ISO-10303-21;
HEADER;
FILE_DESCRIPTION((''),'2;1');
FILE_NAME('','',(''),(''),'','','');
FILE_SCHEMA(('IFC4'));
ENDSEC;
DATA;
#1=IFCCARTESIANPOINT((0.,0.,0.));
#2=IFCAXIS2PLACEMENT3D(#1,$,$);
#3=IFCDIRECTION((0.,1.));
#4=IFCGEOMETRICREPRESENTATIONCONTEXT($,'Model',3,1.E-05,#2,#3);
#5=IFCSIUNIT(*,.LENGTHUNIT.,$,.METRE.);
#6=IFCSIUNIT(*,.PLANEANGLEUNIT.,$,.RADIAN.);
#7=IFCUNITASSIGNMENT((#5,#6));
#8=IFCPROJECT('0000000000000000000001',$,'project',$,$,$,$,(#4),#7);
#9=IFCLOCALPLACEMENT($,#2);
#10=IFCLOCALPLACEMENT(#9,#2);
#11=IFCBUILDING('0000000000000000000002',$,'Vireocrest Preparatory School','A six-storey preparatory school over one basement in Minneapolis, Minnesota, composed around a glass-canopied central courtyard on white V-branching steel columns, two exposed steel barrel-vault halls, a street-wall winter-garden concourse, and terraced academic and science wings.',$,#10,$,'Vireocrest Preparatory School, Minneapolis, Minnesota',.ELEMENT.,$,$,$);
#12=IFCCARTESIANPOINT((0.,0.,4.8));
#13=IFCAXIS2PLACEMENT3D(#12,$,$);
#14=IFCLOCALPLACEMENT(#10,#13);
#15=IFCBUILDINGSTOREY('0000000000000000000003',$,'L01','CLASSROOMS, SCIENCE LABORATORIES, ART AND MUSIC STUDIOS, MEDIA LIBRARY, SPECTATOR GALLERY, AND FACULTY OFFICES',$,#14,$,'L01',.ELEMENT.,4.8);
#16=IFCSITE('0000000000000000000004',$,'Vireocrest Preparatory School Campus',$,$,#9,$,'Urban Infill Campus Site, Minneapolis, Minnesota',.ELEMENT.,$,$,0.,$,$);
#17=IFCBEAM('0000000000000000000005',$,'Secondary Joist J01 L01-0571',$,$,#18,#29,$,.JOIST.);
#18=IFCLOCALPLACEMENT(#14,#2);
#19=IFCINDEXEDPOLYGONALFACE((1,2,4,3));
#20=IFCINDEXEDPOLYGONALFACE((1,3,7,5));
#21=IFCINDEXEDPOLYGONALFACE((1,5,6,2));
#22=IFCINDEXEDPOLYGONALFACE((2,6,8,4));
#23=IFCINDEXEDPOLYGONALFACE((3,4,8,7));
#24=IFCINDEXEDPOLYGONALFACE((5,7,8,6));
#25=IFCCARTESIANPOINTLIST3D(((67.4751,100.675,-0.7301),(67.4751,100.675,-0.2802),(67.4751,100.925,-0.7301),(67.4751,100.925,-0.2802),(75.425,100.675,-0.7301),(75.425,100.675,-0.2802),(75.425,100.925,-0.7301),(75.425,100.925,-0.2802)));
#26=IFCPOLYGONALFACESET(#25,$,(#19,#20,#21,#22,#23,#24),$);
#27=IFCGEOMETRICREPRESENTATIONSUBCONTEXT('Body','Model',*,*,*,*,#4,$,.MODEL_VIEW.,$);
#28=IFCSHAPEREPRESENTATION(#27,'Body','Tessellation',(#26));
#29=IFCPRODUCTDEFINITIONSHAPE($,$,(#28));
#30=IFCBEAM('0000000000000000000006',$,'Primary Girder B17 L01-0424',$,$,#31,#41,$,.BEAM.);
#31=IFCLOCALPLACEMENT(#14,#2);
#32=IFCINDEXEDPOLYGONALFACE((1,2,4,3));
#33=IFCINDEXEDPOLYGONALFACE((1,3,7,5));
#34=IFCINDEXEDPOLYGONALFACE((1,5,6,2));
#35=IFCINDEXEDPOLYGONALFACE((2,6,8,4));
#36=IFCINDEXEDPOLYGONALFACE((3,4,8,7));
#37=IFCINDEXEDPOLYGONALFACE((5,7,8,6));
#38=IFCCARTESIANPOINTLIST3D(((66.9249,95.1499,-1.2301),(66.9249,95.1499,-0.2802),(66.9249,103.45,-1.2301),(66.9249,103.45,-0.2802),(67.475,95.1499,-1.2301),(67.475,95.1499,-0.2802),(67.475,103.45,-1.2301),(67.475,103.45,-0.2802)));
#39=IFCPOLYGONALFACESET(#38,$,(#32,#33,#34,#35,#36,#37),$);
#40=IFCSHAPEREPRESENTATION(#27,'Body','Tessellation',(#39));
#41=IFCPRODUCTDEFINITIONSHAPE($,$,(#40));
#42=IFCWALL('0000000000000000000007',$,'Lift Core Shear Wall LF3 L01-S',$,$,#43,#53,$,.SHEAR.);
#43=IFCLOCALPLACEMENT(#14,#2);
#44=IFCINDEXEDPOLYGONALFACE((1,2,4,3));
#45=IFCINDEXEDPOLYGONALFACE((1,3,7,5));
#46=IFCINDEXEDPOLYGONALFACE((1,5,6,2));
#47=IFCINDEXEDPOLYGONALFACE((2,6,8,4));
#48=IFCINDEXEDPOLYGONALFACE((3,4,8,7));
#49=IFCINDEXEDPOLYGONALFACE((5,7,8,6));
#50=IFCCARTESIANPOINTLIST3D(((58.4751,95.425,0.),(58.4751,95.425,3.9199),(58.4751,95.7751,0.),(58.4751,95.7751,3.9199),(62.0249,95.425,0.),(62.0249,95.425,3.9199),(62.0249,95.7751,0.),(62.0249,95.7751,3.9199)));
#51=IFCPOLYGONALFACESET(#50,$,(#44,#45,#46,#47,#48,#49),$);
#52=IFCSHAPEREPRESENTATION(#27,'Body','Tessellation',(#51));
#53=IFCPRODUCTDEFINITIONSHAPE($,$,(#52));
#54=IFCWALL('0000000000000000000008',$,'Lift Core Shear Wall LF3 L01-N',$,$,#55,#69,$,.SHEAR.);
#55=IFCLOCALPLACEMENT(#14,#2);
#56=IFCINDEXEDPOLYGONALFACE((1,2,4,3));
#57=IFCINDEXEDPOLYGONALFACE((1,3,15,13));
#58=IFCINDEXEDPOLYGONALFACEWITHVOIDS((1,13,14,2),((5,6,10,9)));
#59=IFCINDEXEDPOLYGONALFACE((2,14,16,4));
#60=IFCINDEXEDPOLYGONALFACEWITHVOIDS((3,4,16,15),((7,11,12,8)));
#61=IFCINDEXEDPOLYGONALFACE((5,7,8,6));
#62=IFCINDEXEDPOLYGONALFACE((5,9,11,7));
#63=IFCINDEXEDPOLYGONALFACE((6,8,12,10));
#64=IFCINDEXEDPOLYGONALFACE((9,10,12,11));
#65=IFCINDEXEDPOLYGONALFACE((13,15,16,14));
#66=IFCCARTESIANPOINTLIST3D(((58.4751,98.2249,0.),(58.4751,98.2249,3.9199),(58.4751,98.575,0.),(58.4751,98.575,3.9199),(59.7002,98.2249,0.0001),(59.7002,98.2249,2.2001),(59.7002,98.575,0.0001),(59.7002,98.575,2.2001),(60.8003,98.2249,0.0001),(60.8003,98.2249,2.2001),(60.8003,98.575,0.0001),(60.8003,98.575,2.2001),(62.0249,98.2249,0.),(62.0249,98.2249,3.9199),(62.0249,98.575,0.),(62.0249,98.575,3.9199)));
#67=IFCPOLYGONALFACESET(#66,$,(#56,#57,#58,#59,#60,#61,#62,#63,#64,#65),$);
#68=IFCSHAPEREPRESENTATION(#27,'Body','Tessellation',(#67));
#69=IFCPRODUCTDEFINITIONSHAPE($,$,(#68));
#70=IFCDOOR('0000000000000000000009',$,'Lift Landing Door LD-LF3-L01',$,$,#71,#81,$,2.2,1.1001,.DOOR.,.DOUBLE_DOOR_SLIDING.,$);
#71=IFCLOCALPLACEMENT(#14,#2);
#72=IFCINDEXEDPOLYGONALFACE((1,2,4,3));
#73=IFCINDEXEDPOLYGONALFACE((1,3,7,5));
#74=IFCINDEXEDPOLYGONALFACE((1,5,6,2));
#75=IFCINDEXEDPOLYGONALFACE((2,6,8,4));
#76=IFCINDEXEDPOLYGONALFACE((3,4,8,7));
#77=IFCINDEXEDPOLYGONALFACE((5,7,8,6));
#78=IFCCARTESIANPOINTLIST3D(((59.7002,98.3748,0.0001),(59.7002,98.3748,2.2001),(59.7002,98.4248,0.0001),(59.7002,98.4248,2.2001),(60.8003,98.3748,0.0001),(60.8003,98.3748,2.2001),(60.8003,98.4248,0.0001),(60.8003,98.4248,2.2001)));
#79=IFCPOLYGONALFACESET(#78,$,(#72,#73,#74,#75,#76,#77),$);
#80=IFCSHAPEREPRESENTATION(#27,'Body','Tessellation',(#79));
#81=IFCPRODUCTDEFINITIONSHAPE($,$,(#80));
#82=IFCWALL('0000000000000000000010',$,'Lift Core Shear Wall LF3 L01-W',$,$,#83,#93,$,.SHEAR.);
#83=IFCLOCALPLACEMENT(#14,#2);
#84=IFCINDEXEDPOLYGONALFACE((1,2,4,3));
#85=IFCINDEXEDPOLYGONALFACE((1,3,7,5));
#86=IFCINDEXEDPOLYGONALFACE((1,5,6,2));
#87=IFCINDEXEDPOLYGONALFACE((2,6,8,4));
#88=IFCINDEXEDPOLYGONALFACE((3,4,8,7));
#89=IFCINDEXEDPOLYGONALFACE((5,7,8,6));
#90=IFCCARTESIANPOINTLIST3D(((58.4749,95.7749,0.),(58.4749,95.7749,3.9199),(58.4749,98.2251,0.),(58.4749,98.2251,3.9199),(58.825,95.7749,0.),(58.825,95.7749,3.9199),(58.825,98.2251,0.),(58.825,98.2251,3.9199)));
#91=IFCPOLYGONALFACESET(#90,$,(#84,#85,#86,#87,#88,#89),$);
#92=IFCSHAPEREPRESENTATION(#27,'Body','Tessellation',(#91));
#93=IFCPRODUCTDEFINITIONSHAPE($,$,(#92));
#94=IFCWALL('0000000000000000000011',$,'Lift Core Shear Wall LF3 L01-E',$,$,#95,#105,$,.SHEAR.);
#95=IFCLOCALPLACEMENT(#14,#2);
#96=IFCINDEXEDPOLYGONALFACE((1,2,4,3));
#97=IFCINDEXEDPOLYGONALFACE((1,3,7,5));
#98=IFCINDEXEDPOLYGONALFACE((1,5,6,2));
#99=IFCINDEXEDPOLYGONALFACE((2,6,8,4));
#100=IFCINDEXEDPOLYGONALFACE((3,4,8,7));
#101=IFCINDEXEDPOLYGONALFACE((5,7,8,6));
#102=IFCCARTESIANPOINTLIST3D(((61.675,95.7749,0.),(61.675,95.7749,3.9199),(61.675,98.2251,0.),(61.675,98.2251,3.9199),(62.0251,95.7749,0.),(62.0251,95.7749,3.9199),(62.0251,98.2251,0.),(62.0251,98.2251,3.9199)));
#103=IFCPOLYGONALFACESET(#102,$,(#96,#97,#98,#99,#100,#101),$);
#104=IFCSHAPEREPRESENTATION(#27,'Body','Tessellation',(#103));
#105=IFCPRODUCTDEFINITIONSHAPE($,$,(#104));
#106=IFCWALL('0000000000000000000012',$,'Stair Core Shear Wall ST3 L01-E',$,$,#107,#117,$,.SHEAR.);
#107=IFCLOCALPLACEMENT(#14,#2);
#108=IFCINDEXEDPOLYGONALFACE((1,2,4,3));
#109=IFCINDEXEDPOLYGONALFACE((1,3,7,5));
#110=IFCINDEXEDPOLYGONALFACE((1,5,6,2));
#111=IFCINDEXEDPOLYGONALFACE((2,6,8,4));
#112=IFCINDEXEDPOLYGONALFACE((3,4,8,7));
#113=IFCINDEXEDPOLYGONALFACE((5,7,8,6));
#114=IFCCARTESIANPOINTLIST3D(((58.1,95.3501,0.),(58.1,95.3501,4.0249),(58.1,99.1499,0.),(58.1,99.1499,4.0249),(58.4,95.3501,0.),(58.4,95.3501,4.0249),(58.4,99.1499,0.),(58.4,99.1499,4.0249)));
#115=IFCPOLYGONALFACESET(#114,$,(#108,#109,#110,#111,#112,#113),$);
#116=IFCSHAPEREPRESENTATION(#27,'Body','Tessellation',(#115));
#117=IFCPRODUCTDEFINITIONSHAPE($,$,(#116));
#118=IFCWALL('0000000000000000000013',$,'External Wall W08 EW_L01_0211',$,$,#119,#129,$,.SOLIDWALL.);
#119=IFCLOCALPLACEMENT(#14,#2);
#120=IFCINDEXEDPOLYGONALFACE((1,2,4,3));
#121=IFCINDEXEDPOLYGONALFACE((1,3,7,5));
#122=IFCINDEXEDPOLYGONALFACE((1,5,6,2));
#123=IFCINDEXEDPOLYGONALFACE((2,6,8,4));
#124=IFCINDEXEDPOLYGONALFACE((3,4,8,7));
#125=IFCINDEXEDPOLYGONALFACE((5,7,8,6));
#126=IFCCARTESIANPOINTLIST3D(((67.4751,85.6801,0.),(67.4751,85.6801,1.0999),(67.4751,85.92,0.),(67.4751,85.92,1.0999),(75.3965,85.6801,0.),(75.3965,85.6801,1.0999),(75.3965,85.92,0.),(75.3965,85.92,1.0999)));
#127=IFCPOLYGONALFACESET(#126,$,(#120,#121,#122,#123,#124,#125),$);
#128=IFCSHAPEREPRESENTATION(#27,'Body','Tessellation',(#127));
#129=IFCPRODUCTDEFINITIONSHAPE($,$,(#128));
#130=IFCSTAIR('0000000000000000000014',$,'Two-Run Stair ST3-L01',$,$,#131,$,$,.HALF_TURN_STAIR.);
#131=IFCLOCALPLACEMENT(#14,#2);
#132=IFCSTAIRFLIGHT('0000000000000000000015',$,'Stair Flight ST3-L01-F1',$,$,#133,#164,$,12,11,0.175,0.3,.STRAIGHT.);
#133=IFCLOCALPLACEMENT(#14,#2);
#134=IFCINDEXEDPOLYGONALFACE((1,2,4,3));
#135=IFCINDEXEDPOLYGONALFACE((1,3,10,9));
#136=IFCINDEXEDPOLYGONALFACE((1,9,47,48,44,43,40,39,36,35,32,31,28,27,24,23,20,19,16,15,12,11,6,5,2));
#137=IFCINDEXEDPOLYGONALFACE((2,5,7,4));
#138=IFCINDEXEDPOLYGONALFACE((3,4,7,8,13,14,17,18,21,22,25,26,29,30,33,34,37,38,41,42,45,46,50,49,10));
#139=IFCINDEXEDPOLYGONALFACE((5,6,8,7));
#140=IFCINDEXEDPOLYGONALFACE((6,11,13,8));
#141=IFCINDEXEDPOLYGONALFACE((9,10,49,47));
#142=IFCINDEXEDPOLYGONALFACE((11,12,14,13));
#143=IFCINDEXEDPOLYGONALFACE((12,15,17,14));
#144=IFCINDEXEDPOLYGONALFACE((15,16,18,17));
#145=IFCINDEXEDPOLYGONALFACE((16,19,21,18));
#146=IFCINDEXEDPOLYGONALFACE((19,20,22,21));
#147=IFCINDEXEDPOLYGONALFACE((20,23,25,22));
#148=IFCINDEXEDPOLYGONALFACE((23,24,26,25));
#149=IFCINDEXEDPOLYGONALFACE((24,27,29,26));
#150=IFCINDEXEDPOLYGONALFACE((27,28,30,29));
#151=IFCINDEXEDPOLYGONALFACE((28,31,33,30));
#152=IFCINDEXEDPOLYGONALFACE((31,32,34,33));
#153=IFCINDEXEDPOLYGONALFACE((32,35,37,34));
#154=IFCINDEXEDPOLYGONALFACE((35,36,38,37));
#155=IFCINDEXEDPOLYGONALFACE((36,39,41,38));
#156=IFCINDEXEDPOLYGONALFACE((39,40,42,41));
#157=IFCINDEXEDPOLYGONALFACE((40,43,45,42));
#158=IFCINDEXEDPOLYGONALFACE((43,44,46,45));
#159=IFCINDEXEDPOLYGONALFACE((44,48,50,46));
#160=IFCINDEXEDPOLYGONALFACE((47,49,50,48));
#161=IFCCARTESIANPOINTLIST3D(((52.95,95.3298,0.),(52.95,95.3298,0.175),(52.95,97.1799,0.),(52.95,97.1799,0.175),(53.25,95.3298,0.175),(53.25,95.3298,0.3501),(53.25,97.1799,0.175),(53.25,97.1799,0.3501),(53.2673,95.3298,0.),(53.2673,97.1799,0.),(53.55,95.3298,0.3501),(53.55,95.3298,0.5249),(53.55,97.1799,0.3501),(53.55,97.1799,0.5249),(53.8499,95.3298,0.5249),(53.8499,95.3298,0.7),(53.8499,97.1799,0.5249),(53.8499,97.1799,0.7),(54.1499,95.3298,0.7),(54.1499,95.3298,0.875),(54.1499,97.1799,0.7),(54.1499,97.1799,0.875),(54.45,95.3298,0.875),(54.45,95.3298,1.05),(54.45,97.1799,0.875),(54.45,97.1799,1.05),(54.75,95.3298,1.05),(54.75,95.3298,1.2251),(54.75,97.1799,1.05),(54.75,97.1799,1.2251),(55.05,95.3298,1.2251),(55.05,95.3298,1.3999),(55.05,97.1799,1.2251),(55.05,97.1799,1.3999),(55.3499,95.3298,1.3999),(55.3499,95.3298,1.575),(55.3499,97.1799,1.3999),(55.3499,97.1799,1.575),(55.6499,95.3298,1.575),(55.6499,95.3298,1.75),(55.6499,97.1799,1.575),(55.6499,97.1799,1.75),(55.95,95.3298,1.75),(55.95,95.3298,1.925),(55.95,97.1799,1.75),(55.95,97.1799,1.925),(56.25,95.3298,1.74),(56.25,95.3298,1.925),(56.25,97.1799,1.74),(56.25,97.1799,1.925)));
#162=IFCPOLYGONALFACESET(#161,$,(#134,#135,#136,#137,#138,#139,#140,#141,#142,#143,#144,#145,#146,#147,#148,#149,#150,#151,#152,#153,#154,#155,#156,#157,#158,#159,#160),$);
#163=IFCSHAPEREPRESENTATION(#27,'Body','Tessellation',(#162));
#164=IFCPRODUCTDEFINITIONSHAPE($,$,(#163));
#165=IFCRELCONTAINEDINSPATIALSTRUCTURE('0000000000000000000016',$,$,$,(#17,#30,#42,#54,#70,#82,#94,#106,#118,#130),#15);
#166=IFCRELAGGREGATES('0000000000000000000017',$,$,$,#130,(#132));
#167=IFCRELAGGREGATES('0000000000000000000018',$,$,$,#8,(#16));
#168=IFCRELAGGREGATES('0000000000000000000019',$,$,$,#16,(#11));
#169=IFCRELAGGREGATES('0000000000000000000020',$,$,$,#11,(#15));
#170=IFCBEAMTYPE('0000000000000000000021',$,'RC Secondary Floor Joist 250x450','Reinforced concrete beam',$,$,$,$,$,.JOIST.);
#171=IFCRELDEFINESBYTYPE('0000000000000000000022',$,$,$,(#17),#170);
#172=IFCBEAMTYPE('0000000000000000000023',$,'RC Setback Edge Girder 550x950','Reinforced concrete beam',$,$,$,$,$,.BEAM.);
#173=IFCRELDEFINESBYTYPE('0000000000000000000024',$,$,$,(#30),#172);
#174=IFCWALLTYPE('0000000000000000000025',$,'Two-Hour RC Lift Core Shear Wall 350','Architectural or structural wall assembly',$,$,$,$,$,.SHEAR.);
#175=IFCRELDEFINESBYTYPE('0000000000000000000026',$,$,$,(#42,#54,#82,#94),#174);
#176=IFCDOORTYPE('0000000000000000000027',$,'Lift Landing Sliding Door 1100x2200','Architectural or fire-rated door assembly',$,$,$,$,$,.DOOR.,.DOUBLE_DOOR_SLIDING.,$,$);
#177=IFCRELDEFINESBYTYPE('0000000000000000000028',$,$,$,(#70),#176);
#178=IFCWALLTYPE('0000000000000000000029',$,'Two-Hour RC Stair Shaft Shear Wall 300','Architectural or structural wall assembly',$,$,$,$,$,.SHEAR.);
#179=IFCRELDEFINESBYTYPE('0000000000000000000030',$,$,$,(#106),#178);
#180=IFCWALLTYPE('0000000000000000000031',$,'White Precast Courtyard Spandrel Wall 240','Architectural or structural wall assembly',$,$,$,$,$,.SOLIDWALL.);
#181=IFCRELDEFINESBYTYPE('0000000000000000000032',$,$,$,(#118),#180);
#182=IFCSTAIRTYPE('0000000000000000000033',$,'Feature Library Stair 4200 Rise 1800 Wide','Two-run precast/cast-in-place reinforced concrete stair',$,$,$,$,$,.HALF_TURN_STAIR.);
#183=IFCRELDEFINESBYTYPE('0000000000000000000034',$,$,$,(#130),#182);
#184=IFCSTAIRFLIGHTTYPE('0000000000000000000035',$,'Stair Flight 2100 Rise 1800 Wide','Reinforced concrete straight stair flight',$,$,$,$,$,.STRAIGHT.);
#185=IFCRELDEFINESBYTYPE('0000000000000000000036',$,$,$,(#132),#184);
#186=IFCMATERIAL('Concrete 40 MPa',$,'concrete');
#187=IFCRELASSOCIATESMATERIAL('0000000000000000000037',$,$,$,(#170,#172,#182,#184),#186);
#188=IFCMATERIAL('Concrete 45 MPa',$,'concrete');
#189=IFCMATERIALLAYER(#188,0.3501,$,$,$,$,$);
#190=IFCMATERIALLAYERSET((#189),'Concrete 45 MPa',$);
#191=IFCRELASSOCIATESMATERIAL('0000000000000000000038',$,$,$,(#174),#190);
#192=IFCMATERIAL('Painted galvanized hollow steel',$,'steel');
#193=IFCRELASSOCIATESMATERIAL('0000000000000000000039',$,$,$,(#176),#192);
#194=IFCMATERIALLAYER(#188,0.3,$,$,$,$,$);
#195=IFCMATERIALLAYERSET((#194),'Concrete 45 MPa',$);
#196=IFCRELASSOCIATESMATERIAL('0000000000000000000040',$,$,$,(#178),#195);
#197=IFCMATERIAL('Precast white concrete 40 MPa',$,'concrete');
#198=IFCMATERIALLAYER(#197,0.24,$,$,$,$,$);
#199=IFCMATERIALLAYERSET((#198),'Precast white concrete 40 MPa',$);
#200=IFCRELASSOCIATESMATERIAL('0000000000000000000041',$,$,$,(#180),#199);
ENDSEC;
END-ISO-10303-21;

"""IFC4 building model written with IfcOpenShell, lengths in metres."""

from ifc_helpers import new_model, si_unit, direction, frame, frame_2d, origin, origin_2d, place, context, subcontext, project, spatial, polyline, rectangle, outline, extrude, material, layer, layer_set, material_profile, profile_set, type_object, element, fill, aggregate, save


model = new_model("IFC4")

# Units and contexts
model_context = context("Model", 3, precision=1e-05, world=origin(), true_north=direction((0.0, 1.0)))
body_context = subcontext(model_context, "Body", "Model", "MODEL_VIEW")
ifc_project = project(units=[si_unit("LENGTHUNIT", "METRE"), si_unit("PLANEANGLEUNIT", "RADIAN")], contexts=[model_context])

# Site, building, storey
site_placement = place(None, origin())
site = spatial("IfcSite", under=ifc_project, at=site_placement, Name="Vireocrest Preparatory School Campus", LongName="Urban Infill Campus Site, Minneapolis, Minnesota", CompositionType="ELEMENT", RefElevation=0.0)
building_placement = place(site_placement, origin())
building = spatial("IfcBuilding", under=site, at=building_placement, Name="Vireocrest Preparatory School", Description="A six-storey preparatory school over one basement in Minneapolis, Minnesota, composed around a glass-canopied central courtyard on white V-branching steel columns, two exposed steel barrel-vault halls, a street-wall winter-garden concourse, and terraced academic and science wings.", LongName="Vireocrest Preparatory School, Minneapolis, Minnesota", CompositionType="ELEMENT")
storey_placement = place(building_placement, frame((0.0, 0.0, 4.8)))
storey = spatial("IfcBuildingStorey", under=building, at=storey_placement, Name="L01", Description="CLASSROOMS, SCIENCE LABORATORIES, ART AND MUSIC STUDIOS, MEDIA LIBRARY, SPECTATOR GALLERY, AND FACULTY OFFICES", LongName="L01", CompositionType="ELEMENT", Elevation=4.8)

# Shared definitions
ifc_material_1 = material(Name="Concrete 45 MPa", Category="concrete")

# Beams
ifc_material_2 = material(Name="Concrete 40 MPa", Category="concrete")
ifc_material_profile_1 = material_profile(ifc_material_2, rectangle(XDim=0.25, YDim=0.45, at=origin_2d()), Name="RC 250x450")
ifc_profile_set_1 = profile_set([ifc_material_profile_1], Name="Concrete 40 MPa")
beam_type_1 = type_object("IfcBeamType", Name="RC Secondary Floor Joist 250x450", Description="Reinforced concrete beam", PredefinedType="JOIST", material=ifc_profile_set_1)
for number, where, z_axis, x_axis, name in (
    (1, (67.4751, 100.8, -0.5051), (1.0, 0.0, 0.0), (0.0, 1.0, 0.0), "Secondary Joist J01 L01-0571"),
):
    element("IfcBeam", number, at=place(storey_placement, frame(where, z_axis=z_axis, x_axis=x_axis)), inside=storey, type_object=beam_type_1, Name=name, PredefinedType="JOIST", context=body_context, shape_type="SweptSolid", body=[
        extrude(rectangle(XDim=0.25, YDim=0.45, at=origin_2d()), origin(), (0.0, 0.0, 1.0), 7.95),
    ])
ifc_material_profile_2 = material_profile(ifc_material_2, rectangle(XDim=0.55, YDim=0.95, at=origin_2d()), Name="RC 550x950")
ifc_profile_set_2 = profile_set([ifc_material_profile_2], Name="Concrete 40 MPa")
beam_type_2 = type_object("IfcBeamType", Name="RC Setback Edge Girder 550x950", Description="Reinforced concrete beam", PredefinedType="BEAM", material=ifc_profile_set_2)
beam_1_placement = place(storey_placement, frame((67.2, 95.1499, -0.7551), z_axis=(0.0, 1.0, 0.0), x_axis=(-1.0, 0.0, 0.0)))
element("IfcBeam", 2, at=beam_1_placement, inside=storey, type_object=beam_type_2, Name="Primary Girder B17 L01-0424", PredefinedType="BEAM", context=body_context, shape_type="SweptSolid", body=[
    extrude(rectangle(XDim=0.55, YDim=0.95, at=origin_2d()), origin(), (0.0, 0.0, 1.0), 8.3),
])

# Wall
ifc_layer_1 = layer(ifc_material_1, 0.3501)
ifc_layer_set_1 = layer_set([ifc_layer_1], Name="Concrete 45 MPa")
wall_type_1 = type_object("IfcWallType", Name="Two-Hour RC Lift Core Shear Wall 350", Description="Architectural or structural wall assembly", PredefinedType="SHEAR", material=ifc_layer_set_1)
wall_1_placement = place(storey_placement, frame((58.4751, 95.6001, 0.0), z_axis=(0.0, 0.0, 1.0), x_axis=(1.0, 0.0, 0.0)))
element("IfcWall", 3, at=wall_1_placement, inside=storey, type_object=wall_type_1, Name="Lift Core Shear Wall LF3 L01-S", PredefinedType="SHEAR", context=body_context, shape_type="SweptSolid", body=[
    extrude(rectangle(XDim=3.5498, YDim=0.3501, at=frame_2d((1.7749, 0.0))), origin(), (0.0, 0.0, 1.0), 3.9199),
])

# Wall, opening, door
wall_2_placement = place(storey_placement, frame((58.4751, 98.3999, 0.0), z_axis=(0.0, 0.0, 1.0), x_axis=(1.0, 0.0, 0.0)))
wall_2 = element("IfcWall", 4, at=wall_2_placement, inside=storey, type_object=wall_type_1, Name="Lift Core Shear Wall LF3 L01-N", PredefinedType="SHEAR", context=body_context, shape_type="SweptSolid", body=[
    extrude(rectangle(XDim=3.5498, YDim=0.3501, at=frame_2d((1.7749, 0.0))), origin(), (0.0, 0.0, 1.0), 3.9199),
])
opening_placement = place(wall_2_placement, frame((1.2251, 0.0, 0.0)))
opening = element("IfcOpeningElement", 5, at=opening_placement, cuts=wall_2, PredefinedType="OPENING", context=body_context, shape_type="SweptSolid", body=[
    extrude(rectangle(XDim=1.1001, YDim=2.2, at=frame_2d((0.55, 1.1001))), frame((0.0, 0.1851, 0.0), z_axis=(0.0, -1.0, 0.0), x_axis=(1.0, 0.0, 0.0)), (0.0, 0.0, 1.0), 0.3701),
])
ifc_material_3 = material(Name="Painted galvanized hollow steel", Category="steel")
door_type = type_object("IfcDoorType", Name="Lift Landing Sliding Door 1100x2200", Description="Architectural or fire-rated door assembly", OperationType="DOUBLE_DOOR_SLIDING", PredefinedType="DOOR", material=ifc_material_3)
door_placement = place(opening_placement, origin())
door = element("IfcDoor", 6, at=door_placement, inside=storey, type_object=door_type, Name="Lift Landing Door LD-LF3-L01", OperationType="DOUBLE_DOOR_SLIDING", OverallHeight=2.2, OverallWidth=1.1001, PredefinedType="DOOR", context=body_context, shape_type="SweptSolid", body=[
    extrude(rectangle(XDim=1.1001, YDim=2.2, at=frame_2d((0.55, 1.1001))), frame((0.0, 0.0249, 0.0), z_axis=(0.0, -1.0, 0.0), x_axis=(1.0, 0.0, 0.0)), (0.0, 0.0, 1.0), 0.05),
])
fill(opening, door)

# Walls
for number, where, z_axis, x_axis, name in (
    (7, (58.6499, 95.7749, 0.0), (0.0, 0.0, 1.0), (0.0, 1.0, 0.0), "Lift Core Shear Wall LF3 L01-W"),
    (8, (61.8501, 95.7749, 0.0), (0.0, 0.0, 1.0), (0.0, 1.0, 0.0), "Lift Core Shear Wall LF3 L01-E"),
):
    element("IfcWall", number, at=place(storey_placement, frame(where, z_axis=z_axis, x_axis=x_axis)), inside=storey, type_object=wall_type_1, Name=name, PredefinedType="SHEAR", context=body_context, shape_type="SweptSolid", body=[
        extrude(rectangle(XDim=2.4502, YDim=0.3501, at=frame_2d((1.2251, 0.0))), origin(), (0.0, 0.0, 1.0), 3.9199),
    ])
ifc_layer_2 = layer(ifc_material_1, 0.3)
ifc_layer_set_2 = layer_set([ifc_layer_2], Name="Concrete 45 MPa")
wall_type_2 = type_object("IfcWallType", Name="Two-Hour RC Stair Shaft Shear Wall 300", Description="Architectural or structural wall assembly", PredefinedType="SHEAR", material=ifc_layer_set_2)
wall_3_placement = place(storey_placement, frame((58.25, 95.3501, 0.0), z_axis=(0.0, 0.0, 1.0), x_axis=(0.0, 1.0, 0.0)))
element("IfcWall", 9, at=wall_3_placement, inside=storey, type_object=wall_type_2, Name="Stair Core Shear Wall ST3 L01-E", PredefinedType="SHEAR", context=body_context, shape_type="SweptSolid", body=[
    extrude(rectangle(XDim=3.7998, YDim=0.3, at=frame_2d((1.8999, 0.0))), origin(), (0.0, 0.0, 1.0), 4.0249),
])
ifc_material_4 = material(Name="Precast white concrete 40 MPa", Category="concrete")
ifc_layer_3 = layer(ifc_material_4, 0.24)
ifc_layer_set_3 = layer_set([ifc_layer_3], Name="Precast white concrete 40 MPa")
wall_type_3 = type_object("IfcWallType", Name="White Precast Courtyard Spandrel Wall 240", Description="Architectural or structural wall assembly", PredefinedType="SOLIDWALL", material=ifc_layer_set_3)
wall_4_placement = place(storey_placement, frame((67.4751, 85.8, 0.0), z_axis=(0.0, 0.0, 1.0), x_axis=(1.0, 0.0, 0.0)))
element("IfcWall", 10, at=wall_4_placement, inside=storey, type_object=wall_type_3, Name="External Wall W08 EW_L01_0211", PredefinedType="SOLIDWALL", context=body_context, shape_type="SweptSolid", body=[
    extrude(rectangle(XDim=7.9214, YDim=0.24, at=frame_2d((3.9607, 0.0))), origin(), (0.0, 0.0, 1.0), 1.0999),
])

# Stair, stair flight
stair_type = type_object("IfcStairType", Name="Feature Library Stair 4200 Rise 1800 Wide", Description="Two-run precast/cast-in-place reinforced concrete stair", PredefinedType="HALF_TURN_STAIR", material=ifc_material_2)
stair_placement = place(storey_placement, origin())
stair = element("IfcStair", 11, at=stair_placement, inside=storey, type_object=stair_type, Name="Two-Run Stair ST3-L01", PredefinedType="HALF_TURN_STAIR")
stair_flight_type = type_object("IfcStairFlightType", Name="Stair Flight 2100 Rise 1800 Wide", Description="Reinforced concrete straight stair flight", PredefinedType="STRAIGHT", material=ifc_material_2)
stair_flight_1_placement = place(storey_placement, frame((52.95, 96.2549, 0.0), z_axis=(0.0, 0.0, 1.0), x_axis=(1.0, 0.0, 0.0)))
stair_flight_1 = element("IfcStairFlight", 12, at=stair_flight_1_placement, type_object=stair_flight_type, Name="Stair Flight ST3-L01-F1", NumberOfRisers=12, NumberOfTreads=11, PredefinedType="STRAIGHT", RiserHeight=0.175, TreadLength=0.3, context=body_context, shape_type="SweptSolid", body=[
    extrude(outline(polyline([(0.0, 0.0), (0.0, 0.175), (0.3, 0.175), (0.3, 0.3501), (0.6001, 0.3501), (0.6001, 0.5249), (0.8999, 0.5249), (0.8999, 0.7), (1.2, 0.7), (1.2, 0.875), (1.5, 0.875), (1.5, 1.05), (1.8, 1.05), (1.8, 1.2251), (2.1001, 1.2251), (2.1001, 1.3999), (2.3999, 1.3999), (2.3999, 1.575), (2.7, 1.575), (2.7, 1.75), (3.0, 1.75), (3.0, 1.925), (3.3, 1.925), (3.3, 2.1001), (3.3, 1.74), (0.3174, 0.0), (0.0, 0.0)])), frame((0.0, 0.925, 0.0), z_axis=(0.0, -1.0, 0.0), x_axis=(1.0, 0.0, 0.0)), (0.0, 0.0, 1.0), 1.8501),
])
aggregate(stair, [stair_flight_1])

save(model, "model.ifc")
